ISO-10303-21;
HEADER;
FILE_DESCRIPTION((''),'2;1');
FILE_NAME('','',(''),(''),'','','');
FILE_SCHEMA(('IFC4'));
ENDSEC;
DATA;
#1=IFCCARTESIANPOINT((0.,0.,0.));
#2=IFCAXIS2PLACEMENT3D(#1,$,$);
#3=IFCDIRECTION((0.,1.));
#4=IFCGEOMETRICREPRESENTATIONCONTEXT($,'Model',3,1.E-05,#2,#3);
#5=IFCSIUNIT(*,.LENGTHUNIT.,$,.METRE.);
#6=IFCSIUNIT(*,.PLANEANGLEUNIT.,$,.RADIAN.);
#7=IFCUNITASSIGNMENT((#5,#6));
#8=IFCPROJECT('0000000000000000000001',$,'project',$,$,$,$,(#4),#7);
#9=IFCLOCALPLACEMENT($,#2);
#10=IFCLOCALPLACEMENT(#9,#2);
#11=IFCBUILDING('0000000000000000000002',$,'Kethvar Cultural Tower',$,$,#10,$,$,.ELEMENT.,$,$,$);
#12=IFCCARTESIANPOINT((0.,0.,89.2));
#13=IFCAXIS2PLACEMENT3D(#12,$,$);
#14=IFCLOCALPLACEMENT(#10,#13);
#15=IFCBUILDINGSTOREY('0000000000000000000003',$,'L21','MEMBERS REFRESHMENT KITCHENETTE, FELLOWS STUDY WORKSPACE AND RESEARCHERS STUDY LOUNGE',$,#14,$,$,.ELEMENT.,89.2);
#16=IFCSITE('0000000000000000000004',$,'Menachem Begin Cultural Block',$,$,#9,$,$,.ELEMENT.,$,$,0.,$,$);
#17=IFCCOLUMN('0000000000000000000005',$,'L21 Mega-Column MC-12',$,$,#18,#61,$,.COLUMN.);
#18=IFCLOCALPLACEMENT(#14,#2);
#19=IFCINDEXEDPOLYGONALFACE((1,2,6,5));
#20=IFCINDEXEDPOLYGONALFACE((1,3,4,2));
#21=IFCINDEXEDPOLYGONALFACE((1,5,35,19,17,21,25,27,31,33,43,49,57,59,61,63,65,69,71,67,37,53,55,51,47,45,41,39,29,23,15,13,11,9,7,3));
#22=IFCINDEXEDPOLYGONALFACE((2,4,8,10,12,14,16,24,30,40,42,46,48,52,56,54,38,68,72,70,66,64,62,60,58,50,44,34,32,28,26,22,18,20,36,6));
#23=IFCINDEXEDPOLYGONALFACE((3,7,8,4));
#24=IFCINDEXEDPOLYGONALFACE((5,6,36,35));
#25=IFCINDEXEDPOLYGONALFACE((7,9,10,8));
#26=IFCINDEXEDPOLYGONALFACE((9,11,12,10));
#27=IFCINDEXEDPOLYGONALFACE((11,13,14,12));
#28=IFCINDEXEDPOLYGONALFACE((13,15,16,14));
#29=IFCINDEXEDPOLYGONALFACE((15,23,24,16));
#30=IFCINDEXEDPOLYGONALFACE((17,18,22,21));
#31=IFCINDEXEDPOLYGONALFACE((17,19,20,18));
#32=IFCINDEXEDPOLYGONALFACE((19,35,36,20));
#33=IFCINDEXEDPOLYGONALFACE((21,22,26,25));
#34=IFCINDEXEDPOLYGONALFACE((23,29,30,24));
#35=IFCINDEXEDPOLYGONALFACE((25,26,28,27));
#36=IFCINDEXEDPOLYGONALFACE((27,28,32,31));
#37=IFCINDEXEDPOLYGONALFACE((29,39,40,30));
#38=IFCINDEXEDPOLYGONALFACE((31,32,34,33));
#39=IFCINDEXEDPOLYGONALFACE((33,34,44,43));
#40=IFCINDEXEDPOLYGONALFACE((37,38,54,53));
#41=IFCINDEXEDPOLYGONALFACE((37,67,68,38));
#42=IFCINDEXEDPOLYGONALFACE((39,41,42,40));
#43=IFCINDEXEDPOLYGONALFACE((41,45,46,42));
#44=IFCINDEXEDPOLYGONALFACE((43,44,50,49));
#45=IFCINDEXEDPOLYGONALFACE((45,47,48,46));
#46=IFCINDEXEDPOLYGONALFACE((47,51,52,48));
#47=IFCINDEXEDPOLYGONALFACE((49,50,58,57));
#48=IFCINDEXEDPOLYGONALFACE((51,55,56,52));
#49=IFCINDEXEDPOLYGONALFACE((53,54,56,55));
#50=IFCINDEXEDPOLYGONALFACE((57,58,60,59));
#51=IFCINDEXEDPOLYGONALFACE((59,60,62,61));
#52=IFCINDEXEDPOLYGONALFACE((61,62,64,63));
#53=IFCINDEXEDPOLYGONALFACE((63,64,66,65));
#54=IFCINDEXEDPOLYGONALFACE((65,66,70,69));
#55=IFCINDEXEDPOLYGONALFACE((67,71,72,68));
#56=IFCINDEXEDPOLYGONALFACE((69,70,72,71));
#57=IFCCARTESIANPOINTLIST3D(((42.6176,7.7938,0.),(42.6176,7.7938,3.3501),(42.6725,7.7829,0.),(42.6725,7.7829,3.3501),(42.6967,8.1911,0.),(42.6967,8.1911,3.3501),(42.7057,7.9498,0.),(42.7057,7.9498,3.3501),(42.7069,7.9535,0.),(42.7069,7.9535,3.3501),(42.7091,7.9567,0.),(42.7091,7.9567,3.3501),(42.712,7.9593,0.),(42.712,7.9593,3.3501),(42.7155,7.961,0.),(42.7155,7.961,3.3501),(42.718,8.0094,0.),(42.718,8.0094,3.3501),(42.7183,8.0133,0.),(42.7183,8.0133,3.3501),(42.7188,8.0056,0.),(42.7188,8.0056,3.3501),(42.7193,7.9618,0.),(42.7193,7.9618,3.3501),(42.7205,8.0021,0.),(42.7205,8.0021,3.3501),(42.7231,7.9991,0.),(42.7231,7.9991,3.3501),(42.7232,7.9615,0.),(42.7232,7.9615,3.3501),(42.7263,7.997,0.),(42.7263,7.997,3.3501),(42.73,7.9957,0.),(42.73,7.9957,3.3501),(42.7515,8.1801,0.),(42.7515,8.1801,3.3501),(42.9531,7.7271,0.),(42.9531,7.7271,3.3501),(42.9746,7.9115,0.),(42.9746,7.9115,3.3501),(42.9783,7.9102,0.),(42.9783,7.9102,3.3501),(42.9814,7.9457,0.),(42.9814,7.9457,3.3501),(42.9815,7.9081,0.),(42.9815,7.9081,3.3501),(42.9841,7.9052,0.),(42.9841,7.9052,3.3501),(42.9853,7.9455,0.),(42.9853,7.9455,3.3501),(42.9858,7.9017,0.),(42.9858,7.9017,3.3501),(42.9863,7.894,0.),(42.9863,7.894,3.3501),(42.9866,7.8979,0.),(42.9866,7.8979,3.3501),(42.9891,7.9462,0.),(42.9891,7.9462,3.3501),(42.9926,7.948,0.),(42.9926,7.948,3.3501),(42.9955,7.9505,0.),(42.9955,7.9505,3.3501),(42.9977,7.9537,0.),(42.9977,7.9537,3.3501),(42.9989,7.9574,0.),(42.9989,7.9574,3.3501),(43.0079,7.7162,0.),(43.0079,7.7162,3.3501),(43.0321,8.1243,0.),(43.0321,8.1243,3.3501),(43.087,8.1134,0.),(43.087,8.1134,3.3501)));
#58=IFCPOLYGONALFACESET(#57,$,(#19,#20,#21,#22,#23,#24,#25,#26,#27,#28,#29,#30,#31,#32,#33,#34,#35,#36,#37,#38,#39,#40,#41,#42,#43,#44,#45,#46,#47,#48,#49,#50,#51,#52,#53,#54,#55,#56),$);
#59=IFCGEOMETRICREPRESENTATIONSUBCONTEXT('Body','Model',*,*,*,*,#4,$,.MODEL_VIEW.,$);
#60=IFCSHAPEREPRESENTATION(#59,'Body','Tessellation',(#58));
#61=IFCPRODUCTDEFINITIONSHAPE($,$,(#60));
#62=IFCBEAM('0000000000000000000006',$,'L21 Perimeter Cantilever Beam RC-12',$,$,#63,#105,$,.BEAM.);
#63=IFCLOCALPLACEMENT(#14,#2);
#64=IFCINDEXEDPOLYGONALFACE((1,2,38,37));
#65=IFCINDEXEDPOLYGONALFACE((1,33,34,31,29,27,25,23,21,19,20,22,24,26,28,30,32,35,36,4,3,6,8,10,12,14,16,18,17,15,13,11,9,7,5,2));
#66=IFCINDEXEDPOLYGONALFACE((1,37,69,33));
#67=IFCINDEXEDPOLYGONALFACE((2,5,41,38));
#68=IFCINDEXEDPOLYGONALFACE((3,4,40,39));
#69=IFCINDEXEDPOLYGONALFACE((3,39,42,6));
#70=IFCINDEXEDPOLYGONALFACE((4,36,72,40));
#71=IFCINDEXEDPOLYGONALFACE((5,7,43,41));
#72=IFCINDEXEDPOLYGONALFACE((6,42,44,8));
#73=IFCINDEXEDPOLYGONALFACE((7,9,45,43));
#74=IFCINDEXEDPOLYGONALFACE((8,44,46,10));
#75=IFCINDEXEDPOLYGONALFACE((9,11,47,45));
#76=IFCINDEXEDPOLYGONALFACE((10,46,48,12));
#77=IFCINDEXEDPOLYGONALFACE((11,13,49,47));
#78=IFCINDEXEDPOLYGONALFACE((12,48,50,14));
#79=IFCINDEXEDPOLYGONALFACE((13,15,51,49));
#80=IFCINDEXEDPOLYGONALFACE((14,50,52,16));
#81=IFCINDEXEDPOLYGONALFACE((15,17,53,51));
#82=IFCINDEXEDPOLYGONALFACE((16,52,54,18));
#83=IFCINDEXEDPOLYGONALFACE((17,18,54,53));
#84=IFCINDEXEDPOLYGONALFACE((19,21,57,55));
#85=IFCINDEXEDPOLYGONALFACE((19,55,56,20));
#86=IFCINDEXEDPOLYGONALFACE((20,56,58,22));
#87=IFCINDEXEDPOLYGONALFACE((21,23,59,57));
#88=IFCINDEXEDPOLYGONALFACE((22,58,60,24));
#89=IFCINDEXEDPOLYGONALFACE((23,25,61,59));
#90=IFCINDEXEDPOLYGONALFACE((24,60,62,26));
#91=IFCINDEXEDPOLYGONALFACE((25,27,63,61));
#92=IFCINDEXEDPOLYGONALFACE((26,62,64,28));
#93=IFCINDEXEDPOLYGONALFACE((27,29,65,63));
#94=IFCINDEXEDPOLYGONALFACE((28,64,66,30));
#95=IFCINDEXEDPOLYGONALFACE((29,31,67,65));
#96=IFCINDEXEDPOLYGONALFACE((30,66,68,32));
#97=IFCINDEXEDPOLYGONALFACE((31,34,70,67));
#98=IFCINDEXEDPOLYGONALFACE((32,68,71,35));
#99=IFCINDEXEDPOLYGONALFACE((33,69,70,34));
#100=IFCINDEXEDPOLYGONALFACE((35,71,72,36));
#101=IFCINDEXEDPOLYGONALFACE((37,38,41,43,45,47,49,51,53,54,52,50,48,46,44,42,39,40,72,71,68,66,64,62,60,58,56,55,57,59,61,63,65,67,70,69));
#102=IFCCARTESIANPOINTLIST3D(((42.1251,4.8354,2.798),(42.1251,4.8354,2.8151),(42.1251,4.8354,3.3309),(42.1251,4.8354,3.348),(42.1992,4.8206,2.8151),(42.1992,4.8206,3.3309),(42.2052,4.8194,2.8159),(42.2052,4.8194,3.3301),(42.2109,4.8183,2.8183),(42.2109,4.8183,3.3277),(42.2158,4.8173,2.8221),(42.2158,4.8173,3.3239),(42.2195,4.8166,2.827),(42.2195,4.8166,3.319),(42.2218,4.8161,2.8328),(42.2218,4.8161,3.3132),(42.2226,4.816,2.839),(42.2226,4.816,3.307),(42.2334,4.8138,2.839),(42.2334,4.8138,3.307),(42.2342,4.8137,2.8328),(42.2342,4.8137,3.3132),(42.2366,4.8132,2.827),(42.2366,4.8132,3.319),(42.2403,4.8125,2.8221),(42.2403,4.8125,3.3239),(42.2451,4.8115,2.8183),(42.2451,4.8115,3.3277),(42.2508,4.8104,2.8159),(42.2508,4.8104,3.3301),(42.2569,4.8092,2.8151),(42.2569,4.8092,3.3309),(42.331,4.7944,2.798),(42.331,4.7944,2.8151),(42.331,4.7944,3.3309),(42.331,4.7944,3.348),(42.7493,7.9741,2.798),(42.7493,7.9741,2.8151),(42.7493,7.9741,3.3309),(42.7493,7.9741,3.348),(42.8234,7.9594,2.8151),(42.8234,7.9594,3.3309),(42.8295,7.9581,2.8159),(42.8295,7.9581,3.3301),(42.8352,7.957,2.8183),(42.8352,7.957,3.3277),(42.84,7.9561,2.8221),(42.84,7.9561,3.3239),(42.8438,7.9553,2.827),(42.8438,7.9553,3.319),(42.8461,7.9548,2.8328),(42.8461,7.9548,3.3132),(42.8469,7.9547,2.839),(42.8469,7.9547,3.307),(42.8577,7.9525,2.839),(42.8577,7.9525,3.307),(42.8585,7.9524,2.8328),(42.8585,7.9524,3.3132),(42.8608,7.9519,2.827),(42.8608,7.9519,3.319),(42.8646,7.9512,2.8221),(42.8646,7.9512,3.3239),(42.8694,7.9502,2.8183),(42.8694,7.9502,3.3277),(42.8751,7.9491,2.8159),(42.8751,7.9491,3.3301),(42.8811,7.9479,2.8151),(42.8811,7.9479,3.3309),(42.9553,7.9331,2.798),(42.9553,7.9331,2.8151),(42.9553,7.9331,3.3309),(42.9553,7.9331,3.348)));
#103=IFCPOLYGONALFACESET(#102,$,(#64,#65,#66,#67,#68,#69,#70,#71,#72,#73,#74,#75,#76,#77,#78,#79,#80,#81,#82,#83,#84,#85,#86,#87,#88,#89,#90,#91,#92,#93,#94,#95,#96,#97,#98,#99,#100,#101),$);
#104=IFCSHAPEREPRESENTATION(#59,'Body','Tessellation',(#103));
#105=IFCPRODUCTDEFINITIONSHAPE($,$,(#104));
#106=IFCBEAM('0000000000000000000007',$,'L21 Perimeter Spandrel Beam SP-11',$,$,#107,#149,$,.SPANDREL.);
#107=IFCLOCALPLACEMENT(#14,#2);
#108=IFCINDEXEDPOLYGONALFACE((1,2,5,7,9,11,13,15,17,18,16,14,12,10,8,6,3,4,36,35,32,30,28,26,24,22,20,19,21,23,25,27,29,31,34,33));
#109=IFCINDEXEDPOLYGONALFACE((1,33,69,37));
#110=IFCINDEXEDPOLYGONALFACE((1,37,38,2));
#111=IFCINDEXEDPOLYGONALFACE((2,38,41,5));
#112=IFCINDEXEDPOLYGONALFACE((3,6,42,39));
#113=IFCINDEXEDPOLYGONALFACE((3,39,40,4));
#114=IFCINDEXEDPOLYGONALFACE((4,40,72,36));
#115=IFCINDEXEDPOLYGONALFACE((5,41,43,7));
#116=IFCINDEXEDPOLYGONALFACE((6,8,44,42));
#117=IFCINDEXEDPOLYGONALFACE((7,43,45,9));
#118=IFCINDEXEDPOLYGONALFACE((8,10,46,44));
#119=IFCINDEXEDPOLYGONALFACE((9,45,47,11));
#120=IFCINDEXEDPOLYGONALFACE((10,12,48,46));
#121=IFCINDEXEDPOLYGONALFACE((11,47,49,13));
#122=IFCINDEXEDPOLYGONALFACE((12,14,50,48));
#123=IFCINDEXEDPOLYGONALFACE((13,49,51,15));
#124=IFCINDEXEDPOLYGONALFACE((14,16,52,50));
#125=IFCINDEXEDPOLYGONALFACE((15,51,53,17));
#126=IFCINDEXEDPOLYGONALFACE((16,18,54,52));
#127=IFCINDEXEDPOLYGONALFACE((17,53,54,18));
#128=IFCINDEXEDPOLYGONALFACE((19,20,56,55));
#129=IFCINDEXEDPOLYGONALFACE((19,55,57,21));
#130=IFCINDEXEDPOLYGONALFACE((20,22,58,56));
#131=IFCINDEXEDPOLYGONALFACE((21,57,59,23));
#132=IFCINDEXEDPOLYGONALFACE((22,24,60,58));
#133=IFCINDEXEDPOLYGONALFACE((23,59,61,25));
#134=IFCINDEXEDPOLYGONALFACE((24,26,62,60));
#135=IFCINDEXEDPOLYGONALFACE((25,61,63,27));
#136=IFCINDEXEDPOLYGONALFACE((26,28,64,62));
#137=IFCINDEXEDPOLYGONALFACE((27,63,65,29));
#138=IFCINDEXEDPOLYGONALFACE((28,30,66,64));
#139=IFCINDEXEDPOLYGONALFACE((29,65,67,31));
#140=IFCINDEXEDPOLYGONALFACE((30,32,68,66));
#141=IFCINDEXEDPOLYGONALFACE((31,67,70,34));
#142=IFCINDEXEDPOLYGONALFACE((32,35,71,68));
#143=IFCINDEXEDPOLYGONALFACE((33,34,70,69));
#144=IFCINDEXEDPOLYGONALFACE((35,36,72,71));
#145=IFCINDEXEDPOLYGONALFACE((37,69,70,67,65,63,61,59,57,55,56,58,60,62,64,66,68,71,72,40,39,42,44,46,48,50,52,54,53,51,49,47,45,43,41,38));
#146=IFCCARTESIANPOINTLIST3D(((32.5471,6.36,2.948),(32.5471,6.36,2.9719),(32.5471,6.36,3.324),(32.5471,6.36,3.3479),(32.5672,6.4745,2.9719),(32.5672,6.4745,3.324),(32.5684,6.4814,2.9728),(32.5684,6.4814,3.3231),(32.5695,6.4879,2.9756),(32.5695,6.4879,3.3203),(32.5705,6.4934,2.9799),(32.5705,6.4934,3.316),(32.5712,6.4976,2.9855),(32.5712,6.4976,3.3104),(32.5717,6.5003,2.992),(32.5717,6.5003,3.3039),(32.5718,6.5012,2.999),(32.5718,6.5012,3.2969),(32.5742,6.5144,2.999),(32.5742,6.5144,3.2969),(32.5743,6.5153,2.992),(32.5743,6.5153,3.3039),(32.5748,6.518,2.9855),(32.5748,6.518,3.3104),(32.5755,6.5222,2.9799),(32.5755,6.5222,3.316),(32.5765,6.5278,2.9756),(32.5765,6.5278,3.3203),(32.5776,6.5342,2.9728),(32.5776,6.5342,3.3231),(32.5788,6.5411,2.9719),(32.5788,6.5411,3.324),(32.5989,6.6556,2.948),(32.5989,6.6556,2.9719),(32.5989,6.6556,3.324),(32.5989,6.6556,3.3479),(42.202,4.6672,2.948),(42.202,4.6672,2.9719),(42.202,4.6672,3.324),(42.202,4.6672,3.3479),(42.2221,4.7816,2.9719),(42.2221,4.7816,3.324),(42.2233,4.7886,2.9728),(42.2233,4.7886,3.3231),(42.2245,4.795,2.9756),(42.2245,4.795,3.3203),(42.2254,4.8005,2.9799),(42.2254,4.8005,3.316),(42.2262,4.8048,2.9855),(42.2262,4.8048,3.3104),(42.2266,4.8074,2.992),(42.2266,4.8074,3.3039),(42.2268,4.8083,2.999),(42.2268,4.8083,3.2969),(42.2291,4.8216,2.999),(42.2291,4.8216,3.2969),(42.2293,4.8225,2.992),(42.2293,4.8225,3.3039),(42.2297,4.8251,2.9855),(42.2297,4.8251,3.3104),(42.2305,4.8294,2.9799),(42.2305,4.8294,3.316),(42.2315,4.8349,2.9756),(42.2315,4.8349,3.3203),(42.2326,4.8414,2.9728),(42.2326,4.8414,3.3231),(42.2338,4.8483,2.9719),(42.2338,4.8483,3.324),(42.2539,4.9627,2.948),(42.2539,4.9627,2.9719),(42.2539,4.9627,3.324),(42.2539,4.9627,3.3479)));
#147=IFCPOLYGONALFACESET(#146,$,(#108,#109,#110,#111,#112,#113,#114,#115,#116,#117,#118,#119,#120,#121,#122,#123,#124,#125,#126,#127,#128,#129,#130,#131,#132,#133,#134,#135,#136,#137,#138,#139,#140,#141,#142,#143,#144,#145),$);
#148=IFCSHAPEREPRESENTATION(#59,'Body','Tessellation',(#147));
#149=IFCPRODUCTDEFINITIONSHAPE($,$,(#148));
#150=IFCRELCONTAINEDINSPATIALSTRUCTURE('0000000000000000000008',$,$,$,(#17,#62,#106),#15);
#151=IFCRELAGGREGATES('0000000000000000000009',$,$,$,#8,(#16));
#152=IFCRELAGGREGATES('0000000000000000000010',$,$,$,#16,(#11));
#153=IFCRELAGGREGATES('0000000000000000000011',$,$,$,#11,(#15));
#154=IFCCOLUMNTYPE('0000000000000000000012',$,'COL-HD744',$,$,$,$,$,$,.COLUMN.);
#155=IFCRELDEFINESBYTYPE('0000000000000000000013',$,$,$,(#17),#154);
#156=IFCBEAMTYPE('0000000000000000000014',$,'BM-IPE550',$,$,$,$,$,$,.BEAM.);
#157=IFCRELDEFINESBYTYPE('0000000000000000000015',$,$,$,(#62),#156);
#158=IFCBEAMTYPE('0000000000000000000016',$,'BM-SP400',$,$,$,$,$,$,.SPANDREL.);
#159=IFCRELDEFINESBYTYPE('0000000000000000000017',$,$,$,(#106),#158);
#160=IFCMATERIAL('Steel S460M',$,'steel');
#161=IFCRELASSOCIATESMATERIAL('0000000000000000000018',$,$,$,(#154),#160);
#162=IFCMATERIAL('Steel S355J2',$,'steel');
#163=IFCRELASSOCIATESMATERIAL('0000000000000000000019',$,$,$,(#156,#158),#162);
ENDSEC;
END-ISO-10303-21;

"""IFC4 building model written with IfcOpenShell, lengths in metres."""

from ifc_helpers import new_model, si_unit, direction, frame, origin, origin_2d, place, context, subcontext, project, spatial, i_section, extrude, source, transform, mapped, material, material_profile, profile_set, type_object, element, save


model = new_model("IFC4")

# Units and contexts
model_context = context("Model", 3, precision=1e-05, world=origin(), true_north=direction((0.0, 1.0)))
body_context = subcontext(model_context, "Body", "Model", "MODEL_VIEW")
ifc_project = project(units=[si_unit("LENGTHUNIT", "METRE"), si_unit("PLANEANGLEUNIT", "RADIAN")], contexts=[model_context])

# Site, building, storey
site_placement = place(None, origin())
site = spatial("IfcSite", under=ifc_project, at=site_placement, Name="Menachem Begin Cultural Block", CompositionType="ELEMENT", RefElevation=0.0)
building_placement = place(site_placement, origin())
building = spatial("IfcBuilding", under=site, at=building_placement, Name="Kethvar Cultural Tower", CompositionType="ELEMENT")
storey_placement = place(building_placement, frame((0.0, 0.0, 89.2)))
storey = spatial("IfcBuildingStorey", under=building, at=storey_placement, Name="L21", Description="MEMBERS REFRESHMENT KITCHENETTE, FELLOWS STUDY WORKSPACE AND RESEARCHERS STUDY LOUNGE", CompositionType="ELEMENT", Elevation=89.2)

# Column
ifc_material_1 = material(Name="Steel S460M", Category="steel")
ifc_material_profile_1 = material_profile(ifc_material_1, i_section(OverallWidth=0.405, OverallDepth=0.3979, WebThickness=0.0349, FlangeThickness=0.0559, FilletRadius=0.0149, at=origin_2d()), Name="Steel S460M — HD400x744")
ifc_profile_set_1 = profile_set([ifc_material_profile_1], Name="Steel S460M — HD400x744")
column_type = type_object("IfcColumnType", Name="COL-HD744", PredefinedType="COLUMN", material=ifc_profile_set_1)
shared_shape_1 = source(origin(), body_context, "Body", "SweptSolid", [
    extrude(i_section(OverallWidth=0.405, OverallDepth=0.3979, WebThickness=0.0349, FlangeThickness=0.0559, FilletRadius=0.0149, at=origin_2d()), origin(), (0.0, 0.0, 1.0), 3.3501),
])
column_placement = place(storey_placement, frame((42.8523, 7.9536, 0.0), z_axis=(0.0, 0.0, 1.0), x_axis=(-0.19509, -0.980785, 0.0)))
element("IfcColumn", 1, at=column_placement, inside=storey, type_object=column_type, Name="L21 Mega-Column MC-12", PredefinedType="COLUMN", context=body_context, shape_type="MappedRepresentation", body=[
    mapped(shared_shape_1, transform((0.0, 0.0, 0.0), scale=1.0)),
])

# Beams
ifc_material_2 = material(Name="Steel S355J2", Category="steel")
ifc_material_profile_2 = material_profile(ifc_material_2, i_section(OverallWidth=0.21, OverallDepth=0.55, WebThickness=0.011, FlangeThickness=0.0171, FilletRadius=0.0239, at=origin_2d()), Name="Steel S355J2 — IPE550")
ifc_profile_set_2 = profile_set([ifc_material_profile_2], Name="Steel S355J2 — IPE550")
beam_type_1 = type_object("IfcBeamType", Name="BM-IPE550", PredefinedType="BEAM", material=ifc_profile_set_2)
shared_shape_2 = source(origin(), body_context, "Body", "SweptSolid", [
    extrude(i_section(OverallWidth=0.21, OverallDepth=0.55, WebThickness=0.011, FlangeThickness=0.0171, FilletRadius=0.0239, at=origin_2d()), origin(), (0.0, 0.0, 1.0), 3.2002),
])
beam_1_placement = place(storey_placement, frame((42.8523, 7.9536, 3.073), z_axis=(-0.195074, -0.980788, 0.0), x_axis=(0.980788, -0.195074, 0.0)))
element("IfcBeam", 2, at=beam_1_placement, inside=storey, type_object=beam_type_1, Name="L21 Perimeter Cantilever Beam RC-12", PredefinedType="BEAM", context=body_context, shape_type="MappedRepresentation", body=[
    mapped(shared_shape_2, transform((0.0, 0.0, 0.0), scale=1.0)),
])
ifc_material_profile_3 = material_profile(ifc_material_2, i_section(OverallWidth=0.3, OverallDepth=0.3999, WebThickness=0.0134, FlangeThickness=0.0239, FilletRadius=0.0271, at=origin_2d()), Name="Steel S355J2 — HEB400")
ifc_profile_set_3 = profile_set([ifc_material_profile_3], Name="Steel S355J2 — HEB400")
beam_type_2 = type_object("IfcBeamType", Name="BM-SP400", PredefinedType="SPANDREL", material=ifc_profile_set_3)
shared_shape_3 = source(origin(), body_context, "Body", "SweptSolid", [
    extrude(i_section(OverallWidth=0.3, OverallDepth=0.3999, WebThickness=0.0134, FlangeThickness=0.0239, FilletRadius=0.0271, at=origin_2d()), origin(), (0.0, 0.0, 1.0), 9.8022),
])
beam_2_placement = place(storey_placement, frame((32.573, 6.5078, 3.1479), z_axis=(0.984974, -0.172701, 0.0), x_axis=(0.172701, 0.984974, 0.0)))
element("IfcBeam", 3, at=beam_2_placement, inside=storey, type_object=beam_type_2, Name="L21 Perimeter Spandrel Beam SP-11", PredefinedType="SPANDREL", context=body_context, shape_type="MappedRepresentation", body=[
    mapped(shared_shape_3, transform((0.0, 0.0, 0.0), scale=1.0)),
])

save(model, "model.ifc")
